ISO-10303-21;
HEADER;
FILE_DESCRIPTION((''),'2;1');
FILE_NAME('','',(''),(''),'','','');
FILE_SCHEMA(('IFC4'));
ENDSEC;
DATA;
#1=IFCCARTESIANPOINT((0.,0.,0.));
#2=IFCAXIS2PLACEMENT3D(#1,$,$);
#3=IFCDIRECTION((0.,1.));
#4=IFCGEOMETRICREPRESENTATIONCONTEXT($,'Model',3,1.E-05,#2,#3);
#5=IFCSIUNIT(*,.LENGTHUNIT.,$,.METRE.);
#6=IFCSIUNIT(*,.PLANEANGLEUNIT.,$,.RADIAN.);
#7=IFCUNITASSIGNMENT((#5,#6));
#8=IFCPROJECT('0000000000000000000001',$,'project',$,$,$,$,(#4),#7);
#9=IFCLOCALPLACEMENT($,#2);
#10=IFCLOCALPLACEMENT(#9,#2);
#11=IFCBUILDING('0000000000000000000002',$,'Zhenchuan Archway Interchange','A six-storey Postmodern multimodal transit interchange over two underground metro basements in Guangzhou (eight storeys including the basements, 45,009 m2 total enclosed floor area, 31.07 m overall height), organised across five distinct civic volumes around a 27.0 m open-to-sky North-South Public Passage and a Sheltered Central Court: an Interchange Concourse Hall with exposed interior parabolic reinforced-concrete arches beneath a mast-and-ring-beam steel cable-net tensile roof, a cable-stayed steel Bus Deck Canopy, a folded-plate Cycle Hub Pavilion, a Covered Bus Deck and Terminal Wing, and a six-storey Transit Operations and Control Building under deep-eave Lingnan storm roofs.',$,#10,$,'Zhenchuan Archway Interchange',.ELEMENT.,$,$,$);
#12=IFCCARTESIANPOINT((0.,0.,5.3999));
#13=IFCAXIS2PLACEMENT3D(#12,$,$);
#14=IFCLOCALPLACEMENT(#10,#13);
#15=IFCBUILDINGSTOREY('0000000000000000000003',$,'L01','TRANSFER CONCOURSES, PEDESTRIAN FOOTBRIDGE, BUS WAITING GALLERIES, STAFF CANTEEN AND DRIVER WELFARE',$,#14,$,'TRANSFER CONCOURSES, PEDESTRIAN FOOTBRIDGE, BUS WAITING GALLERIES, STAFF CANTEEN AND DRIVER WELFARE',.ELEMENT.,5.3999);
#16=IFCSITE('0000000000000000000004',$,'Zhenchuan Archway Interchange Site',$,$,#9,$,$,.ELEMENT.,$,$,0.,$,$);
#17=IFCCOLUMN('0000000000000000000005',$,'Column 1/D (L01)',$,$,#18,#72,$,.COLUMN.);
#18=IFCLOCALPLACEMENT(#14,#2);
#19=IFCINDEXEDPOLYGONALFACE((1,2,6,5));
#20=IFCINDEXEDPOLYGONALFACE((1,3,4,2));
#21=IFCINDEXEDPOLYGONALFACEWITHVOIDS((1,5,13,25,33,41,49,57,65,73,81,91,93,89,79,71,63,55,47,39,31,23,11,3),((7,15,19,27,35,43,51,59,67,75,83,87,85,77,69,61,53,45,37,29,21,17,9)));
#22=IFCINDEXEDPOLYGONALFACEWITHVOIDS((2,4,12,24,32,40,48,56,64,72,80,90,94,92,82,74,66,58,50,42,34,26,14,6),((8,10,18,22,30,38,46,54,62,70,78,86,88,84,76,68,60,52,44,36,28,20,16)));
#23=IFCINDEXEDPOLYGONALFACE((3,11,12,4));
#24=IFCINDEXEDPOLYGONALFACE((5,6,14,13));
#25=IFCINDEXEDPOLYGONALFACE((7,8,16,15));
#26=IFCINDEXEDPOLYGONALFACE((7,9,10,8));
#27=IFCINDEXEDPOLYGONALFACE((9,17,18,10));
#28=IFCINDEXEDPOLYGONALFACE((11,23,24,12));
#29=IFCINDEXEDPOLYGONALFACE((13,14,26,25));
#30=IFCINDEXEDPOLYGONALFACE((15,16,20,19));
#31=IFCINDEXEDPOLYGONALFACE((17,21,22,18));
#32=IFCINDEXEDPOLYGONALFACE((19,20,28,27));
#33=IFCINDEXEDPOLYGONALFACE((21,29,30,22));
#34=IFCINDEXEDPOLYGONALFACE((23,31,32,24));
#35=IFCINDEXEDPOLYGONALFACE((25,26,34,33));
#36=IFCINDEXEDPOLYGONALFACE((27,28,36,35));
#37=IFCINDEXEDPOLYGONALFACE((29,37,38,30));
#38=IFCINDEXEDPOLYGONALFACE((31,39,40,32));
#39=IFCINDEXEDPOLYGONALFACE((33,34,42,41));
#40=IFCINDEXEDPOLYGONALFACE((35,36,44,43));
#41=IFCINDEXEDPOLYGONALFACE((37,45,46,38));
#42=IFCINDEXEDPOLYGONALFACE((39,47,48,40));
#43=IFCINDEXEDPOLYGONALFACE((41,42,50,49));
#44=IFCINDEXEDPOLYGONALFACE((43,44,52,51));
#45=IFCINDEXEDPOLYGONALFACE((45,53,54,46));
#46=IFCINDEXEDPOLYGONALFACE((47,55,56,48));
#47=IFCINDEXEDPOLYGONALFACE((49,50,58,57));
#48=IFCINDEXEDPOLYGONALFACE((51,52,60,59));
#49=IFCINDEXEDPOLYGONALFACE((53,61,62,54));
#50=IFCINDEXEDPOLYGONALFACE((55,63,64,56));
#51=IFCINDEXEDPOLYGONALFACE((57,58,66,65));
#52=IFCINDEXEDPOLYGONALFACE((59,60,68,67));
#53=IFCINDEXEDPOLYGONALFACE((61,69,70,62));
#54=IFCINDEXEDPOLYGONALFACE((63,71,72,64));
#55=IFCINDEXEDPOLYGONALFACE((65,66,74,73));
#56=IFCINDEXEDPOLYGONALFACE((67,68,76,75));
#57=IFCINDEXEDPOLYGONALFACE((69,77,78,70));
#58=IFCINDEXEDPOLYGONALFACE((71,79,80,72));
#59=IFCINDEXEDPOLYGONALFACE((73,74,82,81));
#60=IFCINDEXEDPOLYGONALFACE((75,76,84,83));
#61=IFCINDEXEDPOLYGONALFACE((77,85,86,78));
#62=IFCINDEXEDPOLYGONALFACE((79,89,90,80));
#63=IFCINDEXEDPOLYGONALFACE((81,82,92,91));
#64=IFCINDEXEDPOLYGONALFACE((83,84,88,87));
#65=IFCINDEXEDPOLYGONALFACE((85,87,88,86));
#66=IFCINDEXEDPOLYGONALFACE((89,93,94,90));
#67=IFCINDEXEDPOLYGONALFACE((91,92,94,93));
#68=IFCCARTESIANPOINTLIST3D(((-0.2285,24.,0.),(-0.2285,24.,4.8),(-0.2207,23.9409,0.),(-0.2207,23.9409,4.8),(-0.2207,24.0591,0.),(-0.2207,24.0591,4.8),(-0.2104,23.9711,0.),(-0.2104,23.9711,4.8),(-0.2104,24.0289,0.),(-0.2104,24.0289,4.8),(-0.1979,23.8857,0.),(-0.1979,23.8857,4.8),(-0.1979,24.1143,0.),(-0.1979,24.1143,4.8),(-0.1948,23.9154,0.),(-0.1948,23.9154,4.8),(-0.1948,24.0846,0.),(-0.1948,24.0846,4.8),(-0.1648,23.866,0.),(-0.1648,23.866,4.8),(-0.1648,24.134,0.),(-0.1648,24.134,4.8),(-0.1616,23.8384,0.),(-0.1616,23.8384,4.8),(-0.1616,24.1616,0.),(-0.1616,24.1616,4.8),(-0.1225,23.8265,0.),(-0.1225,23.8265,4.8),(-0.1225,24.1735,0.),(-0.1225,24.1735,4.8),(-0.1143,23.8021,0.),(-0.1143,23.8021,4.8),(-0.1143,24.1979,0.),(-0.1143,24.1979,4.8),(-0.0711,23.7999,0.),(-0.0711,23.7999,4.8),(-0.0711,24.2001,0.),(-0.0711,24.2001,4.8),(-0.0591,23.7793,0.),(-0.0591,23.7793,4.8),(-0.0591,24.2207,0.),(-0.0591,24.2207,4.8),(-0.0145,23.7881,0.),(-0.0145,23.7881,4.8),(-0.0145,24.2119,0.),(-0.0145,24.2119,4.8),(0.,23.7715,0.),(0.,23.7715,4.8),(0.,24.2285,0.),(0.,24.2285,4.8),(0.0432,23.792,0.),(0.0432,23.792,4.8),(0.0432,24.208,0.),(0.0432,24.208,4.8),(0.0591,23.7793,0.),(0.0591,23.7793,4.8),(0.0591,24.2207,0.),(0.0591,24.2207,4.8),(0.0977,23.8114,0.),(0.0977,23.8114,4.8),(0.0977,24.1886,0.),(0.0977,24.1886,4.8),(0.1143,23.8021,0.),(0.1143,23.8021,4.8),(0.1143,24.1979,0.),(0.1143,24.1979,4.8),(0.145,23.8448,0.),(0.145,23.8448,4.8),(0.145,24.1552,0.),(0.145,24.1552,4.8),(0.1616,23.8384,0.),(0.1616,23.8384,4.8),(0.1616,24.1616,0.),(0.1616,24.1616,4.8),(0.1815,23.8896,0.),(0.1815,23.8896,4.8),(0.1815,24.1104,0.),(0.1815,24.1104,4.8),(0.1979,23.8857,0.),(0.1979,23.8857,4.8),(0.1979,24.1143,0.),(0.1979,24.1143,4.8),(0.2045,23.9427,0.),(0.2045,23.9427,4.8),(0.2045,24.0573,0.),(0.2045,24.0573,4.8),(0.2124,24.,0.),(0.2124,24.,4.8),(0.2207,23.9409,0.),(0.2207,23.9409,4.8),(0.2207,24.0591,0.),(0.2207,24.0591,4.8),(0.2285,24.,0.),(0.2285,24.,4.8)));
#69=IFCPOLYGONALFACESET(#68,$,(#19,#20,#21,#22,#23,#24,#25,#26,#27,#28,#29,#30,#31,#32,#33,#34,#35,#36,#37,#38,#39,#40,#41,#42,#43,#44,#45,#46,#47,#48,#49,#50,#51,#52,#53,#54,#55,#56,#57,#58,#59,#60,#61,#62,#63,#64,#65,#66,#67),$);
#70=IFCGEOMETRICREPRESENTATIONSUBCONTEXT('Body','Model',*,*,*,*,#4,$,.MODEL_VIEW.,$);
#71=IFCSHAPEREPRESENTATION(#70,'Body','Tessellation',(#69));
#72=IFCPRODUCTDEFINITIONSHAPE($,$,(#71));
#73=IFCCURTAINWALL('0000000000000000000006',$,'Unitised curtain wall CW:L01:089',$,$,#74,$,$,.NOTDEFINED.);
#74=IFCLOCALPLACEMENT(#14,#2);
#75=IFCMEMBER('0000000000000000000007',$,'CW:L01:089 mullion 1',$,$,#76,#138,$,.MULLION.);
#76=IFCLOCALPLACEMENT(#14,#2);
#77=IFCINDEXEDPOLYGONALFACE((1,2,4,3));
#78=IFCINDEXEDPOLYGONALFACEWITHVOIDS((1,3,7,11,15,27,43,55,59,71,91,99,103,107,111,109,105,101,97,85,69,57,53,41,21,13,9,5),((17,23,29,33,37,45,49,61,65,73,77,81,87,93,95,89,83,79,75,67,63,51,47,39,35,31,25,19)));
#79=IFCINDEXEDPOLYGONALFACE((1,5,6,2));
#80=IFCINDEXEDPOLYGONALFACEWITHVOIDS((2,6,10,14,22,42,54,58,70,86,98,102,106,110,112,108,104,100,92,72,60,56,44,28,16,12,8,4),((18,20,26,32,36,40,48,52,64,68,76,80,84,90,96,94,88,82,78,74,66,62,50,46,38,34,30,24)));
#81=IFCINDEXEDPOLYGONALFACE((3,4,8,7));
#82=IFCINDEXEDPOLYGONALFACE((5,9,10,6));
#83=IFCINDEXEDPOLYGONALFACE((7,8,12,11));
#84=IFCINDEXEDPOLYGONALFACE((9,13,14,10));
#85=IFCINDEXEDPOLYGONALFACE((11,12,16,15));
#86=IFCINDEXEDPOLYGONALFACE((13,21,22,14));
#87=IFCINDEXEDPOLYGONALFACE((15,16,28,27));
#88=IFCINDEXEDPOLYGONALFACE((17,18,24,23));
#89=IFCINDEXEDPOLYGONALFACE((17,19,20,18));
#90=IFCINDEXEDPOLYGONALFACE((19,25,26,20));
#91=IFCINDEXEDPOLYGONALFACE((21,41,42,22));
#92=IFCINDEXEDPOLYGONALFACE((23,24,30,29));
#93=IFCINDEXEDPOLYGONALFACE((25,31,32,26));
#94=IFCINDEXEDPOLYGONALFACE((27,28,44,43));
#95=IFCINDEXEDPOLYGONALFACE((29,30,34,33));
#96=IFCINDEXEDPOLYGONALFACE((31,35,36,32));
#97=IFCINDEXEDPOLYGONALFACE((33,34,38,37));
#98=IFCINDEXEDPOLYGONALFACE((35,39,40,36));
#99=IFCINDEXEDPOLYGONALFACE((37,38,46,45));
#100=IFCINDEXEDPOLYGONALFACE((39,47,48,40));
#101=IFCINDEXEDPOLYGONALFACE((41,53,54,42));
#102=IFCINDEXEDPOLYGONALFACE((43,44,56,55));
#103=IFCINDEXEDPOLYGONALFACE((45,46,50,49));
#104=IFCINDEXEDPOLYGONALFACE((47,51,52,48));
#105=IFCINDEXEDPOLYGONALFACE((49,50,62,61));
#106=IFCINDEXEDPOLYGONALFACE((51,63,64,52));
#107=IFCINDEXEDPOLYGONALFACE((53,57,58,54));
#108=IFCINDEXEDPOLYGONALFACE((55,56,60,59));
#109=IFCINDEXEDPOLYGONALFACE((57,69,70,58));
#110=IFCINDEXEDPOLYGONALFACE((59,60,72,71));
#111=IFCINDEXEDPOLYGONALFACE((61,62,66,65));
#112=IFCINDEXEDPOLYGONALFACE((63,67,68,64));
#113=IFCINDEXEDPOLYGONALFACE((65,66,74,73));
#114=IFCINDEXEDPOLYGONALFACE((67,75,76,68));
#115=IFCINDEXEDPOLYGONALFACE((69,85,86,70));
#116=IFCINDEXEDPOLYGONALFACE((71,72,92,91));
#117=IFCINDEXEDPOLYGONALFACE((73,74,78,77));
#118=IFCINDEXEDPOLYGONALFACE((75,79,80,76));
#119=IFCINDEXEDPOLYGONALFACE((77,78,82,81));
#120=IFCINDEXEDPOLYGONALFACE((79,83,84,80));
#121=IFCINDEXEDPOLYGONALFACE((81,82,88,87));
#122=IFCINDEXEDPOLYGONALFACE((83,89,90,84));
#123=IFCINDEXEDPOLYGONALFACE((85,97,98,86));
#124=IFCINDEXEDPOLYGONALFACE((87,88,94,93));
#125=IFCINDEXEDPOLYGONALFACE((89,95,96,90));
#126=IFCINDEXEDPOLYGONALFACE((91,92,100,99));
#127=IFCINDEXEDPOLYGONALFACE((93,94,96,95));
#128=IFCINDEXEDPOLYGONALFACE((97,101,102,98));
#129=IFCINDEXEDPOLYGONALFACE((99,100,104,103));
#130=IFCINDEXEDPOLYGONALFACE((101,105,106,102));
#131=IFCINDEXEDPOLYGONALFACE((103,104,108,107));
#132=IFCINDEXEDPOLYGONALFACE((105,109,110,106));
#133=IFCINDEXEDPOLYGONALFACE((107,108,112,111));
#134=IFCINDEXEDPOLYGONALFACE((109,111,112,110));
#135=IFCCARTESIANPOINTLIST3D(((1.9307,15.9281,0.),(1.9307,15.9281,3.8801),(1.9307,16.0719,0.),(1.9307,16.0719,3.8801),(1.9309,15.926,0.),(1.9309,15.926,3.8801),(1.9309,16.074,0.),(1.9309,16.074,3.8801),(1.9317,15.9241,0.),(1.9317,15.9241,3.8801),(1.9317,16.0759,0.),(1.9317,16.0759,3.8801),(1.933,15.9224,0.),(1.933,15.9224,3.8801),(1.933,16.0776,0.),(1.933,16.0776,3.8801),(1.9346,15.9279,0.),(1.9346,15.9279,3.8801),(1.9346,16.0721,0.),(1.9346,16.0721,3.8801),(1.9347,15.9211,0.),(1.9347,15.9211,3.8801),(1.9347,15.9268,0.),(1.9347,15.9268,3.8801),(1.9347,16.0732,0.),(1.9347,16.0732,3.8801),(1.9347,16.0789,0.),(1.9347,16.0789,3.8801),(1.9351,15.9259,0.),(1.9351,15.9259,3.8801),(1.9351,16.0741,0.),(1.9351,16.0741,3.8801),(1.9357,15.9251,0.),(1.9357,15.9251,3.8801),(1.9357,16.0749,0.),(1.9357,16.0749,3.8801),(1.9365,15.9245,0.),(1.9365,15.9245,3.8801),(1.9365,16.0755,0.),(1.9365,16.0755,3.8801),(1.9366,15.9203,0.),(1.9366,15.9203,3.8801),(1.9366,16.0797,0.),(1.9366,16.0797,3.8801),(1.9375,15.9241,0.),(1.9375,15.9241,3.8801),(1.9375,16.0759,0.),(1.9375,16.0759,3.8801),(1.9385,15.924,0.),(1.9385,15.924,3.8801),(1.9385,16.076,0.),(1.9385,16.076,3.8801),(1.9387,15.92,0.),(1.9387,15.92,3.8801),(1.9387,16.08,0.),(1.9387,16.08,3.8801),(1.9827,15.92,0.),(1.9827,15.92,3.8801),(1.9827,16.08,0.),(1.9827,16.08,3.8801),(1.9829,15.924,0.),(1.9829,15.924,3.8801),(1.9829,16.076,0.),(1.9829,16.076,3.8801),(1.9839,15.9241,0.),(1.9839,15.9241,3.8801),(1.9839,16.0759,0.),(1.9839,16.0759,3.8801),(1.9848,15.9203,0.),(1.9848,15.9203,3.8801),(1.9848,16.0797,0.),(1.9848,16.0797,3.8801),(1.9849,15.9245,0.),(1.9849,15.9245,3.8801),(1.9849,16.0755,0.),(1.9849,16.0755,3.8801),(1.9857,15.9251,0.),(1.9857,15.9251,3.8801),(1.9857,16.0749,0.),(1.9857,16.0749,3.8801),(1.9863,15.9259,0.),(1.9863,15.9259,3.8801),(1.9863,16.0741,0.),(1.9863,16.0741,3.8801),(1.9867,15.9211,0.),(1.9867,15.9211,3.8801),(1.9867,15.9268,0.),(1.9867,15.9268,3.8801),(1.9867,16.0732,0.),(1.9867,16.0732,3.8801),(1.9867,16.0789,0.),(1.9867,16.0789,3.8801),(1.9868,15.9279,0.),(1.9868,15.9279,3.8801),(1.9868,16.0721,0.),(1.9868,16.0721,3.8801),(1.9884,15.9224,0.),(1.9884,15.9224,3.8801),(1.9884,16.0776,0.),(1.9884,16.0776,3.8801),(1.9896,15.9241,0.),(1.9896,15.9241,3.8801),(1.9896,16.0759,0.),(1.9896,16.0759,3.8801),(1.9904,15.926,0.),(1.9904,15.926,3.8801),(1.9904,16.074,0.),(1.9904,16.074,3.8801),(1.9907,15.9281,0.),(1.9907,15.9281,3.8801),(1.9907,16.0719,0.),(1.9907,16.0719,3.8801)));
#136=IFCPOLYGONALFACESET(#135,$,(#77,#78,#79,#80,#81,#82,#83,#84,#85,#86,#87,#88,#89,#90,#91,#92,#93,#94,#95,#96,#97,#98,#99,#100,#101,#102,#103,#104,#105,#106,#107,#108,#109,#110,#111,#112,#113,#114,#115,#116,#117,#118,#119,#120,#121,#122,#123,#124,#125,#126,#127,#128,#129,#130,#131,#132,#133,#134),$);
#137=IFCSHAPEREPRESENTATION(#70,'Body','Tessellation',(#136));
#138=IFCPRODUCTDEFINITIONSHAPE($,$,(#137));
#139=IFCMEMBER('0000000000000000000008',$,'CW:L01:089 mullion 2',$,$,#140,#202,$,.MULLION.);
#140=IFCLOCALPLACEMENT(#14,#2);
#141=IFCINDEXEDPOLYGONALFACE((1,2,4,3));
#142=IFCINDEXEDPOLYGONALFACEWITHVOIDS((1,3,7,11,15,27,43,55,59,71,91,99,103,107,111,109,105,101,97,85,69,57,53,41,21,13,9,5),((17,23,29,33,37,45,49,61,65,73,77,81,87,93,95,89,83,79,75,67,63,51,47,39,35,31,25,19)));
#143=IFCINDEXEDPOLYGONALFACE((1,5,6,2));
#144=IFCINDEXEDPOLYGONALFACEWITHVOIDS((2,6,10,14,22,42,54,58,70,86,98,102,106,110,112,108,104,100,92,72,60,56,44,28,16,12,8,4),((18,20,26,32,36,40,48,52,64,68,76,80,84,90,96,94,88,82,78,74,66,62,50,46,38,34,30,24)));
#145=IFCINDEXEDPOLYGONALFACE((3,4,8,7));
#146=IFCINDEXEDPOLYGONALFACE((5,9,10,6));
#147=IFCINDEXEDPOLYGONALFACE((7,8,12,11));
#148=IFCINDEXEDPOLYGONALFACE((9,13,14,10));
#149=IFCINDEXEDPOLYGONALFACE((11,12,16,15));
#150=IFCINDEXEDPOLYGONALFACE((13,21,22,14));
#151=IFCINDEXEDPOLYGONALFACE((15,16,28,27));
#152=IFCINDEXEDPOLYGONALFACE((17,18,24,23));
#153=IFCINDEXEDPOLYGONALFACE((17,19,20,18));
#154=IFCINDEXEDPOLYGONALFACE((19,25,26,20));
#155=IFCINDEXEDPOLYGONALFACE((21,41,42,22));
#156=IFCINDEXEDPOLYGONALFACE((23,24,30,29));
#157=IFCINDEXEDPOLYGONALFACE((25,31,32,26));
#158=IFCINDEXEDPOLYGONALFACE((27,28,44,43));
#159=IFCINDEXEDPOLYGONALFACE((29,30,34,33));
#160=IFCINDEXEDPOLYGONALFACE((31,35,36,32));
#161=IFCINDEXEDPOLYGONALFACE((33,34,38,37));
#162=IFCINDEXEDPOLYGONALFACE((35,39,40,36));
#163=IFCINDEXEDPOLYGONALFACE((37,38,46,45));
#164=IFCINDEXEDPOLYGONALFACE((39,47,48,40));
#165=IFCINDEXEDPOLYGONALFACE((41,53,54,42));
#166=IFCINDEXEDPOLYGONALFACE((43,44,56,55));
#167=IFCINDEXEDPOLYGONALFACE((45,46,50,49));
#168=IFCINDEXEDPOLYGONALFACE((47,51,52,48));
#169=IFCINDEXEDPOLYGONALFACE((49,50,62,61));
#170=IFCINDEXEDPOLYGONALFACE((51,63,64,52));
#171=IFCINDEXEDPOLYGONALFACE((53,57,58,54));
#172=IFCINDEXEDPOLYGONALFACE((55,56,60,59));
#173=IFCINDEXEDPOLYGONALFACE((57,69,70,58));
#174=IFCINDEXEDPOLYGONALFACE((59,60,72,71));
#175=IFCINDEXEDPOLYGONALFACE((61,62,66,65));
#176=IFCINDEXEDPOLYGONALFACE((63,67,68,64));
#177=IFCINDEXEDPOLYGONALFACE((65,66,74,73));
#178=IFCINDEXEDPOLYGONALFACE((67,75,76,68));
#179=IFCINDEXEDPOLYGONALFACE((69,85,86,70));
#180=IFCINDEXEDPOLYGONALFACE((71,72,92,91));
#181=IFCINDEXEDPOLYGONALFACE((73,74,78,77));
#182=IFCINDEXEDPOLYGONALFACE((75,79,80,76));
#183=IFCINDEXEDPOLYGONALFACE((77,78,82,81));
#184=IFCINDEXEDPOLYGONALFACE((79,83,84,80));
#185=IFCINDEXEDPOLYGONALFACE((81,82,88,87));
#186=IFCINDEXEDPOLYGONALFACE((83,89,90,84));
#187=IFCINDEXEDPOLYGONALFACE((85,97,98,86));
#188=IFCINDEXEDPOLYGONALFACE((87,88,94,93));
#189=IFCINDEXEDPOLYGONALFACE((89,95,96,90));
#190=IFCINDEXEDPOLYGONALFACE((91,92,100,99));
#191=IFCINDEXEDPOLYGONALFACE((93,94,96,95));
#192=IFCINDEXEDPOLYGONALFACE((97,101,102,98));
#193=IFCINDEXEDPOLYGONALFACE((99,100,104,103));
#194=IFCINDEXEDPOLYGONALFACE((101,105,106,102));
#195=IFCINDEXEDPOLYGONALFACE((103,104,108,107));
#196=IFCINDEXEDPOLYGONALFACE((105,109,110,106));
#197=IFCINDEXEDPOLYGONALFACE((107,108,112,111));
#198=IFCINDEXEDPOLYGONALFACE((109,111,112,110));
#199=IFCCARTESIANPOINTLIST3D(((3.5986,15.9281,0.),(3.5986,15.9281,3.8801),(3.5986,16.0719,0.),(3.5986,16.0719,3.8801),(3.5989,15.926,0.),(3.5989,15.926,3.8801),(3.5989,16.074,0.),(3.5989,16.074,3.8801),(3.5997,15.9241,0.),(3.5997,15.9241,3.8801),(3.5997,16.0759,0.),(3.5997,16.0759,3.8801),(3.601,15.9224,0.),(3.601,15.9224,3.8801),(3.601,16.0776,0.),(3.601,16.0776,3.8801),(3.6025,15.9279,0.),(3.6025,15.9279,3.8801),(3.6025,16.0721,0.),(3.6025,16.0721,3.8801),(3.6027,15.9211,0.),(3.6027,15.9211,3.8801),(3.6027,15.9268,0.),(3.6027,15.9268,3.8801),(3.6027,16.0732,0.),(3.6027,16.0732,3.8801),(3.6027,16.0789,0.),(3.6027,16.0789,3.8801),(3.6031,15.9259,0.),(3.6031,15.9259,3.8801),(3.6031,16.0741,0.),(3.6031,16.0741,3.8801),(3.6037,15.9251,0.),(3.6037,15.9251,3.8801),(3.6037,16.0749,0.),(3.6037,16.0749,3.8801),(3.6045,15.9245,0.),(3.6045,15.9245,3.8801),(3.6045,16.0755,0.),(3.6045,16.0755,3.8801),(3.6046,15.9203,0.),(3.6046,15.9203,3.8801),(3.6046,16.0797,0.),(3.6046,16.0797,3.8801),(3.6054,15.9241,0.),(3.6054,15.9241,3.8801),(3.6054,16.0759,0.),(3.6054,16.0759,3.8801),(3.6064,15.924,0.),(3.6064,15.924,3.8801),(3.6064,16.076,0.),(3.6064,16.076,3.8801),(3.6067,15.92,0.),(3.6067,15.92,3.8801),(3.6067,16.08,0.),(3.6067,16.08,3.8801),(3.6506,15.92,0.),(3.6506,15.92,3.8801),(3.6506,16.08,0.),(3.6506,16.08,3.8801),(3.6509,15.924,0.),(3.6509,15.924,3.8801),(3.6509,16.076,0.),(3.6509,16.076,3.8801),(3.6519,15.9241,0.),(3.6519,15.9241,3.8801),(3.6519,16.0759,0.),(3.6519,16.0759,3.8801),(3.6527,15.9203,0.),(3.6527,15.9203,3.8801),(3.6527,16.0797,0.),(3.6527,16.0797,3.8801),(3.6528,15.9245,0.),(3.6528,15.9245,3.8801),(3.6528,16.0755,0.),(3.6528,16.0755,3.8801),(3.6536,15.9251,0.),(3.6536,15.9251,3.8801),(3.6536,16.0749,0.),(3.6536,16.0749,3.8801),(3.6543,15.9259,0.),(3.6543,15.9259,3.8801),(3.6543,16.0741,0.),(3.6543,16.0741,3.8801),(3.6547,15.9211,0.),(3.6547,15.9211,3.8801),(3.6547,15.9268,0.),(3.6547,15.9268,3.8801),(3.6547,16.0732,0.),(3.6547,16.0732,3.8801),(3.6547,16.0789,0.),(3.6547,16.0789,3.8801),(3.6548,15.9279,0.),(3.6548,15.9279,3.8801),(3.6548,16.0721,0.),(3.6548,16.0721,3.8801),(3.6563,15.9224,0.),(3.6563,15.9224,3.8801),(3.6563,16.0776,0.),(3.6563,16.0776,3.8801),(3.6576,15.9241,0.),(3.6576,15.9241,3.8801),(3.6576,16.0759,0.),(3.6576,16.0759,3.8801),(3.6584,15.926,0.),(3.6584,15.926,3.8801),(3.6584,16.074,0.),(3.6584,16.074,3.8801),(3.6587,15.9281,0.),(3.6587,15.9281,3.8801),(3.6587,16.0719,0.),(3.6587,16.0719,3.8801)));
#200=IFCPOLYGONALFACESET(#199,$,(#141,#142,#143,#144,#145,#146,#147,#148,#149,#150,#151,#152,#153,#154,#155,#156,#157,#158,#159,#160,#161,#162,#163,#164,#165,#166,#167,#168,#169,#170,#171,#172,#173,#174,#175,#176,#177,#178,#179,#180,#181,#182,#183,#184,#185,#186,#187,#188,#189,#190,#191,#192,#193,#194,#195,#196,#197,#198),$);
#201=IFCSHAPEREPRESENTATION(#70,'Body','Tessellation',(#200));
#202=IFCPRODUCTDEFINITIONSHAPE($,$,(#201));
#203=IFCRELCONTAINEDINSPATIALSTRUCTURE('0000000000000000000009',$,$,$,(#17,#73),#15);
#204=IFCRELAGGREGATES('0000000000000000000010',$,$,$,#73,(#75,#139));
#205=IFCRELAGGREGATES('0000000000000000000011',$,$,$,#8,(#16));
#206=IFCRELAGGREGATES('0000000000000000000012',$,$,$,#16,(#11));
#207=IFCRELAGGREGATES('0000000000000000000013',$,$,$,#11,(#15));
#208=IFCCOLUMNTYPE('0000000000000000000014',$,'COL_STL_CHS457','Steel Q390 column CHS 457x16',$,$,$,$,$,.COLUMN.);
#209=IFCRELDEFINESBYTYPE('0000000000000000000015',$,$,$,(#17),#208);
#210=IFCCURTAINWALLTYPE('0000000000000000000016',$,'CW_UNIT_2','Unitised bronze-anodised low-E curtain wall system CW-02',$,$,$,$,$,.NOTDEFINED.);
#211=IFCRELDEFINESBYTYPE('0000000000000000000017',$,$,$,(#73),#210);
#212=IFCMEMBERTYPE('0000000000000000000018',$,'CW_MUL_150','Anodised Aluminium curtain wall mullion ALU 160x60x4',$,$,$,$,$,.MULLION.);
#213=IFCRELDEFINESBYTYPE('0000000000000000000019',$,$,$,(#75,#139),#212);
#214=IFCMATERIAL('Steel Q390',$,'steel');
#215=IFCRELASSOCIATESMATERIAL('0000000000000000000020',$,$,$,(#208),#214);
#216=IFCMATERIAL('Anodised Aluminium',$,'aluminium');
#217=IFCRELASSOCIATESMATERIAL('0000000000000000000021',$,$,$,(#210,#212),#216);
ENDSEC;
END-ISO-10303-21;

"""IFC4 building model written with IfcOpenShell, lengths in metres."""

from ifc_helpers import new_model, si_unit, direction, frame, origin, origin_2d, place, context, subcontext, project, spatial, hollow_rectangle, hollow_circle, extrude, material, material_profile, profile_set, type_object, element, aggregate, save


model = new_model("IFC4")

# Units and contexts
model_context = context("Model", 3, precision=1e-05, world=origin(), true_north=direction((0.0, 1.0)))
body_context = subcontext(model_context, "Body", "Model", "MODEL_VIEW")
ifc_project = project(units=[si_unit("LENGTHUNIT", "METRE"), si_unit("PLANEANGLEUNIT", "RADIAN")], contexts=[model_context])

# Site, building, storey
site_placement = place(None, origin())
site = spatial("IfcSite", under=ifc_project, at=site_placement, Name="Zhenchuan Archway Interchange Site", CompositionType="ELEMENT", RefElevation=0.0)
building_placement = place(site_placement, origin())
building = spatial("IfcBuilding", under=site, at=building_placement, Name="Zhenchuan Archway Interchange", Description="A six-storey Postmodern multimodal transit interchange over two underground metro basements in Guangzhou (eight storeys including the basements, 45,009 m2 total enclosed floor area, 31.07 m overall height), organised across five distinct civic volumes around a 27.0 m open-to-sky North-South Public Passage and a Sheltered Central Court: an Interchange Concourse Hall with exposed interior parabolic reinforced-concrete arches beneath a mast-and-ring-beam steel cable-net tensile roof, a cable-stayed steel Bus Deck Canopy, a folded-plate Cycle Hub Pavilion, a Covered Bus Deck and Terminal Wing, and a six-storey Transit Operations and Control Building under deep-eave Lingnan storm roofs.", LongName="Zhenchuan Archway Interchange", CompositionType="ELEMENT")
storey_placement = place(building_placement, frame((0.0, 0.0, 5.3999)))
storey = spatial("IfcBuildingStorey", under=building, at=storey_placement, Name="L01", Description="TRANSFER CONCOURSES, PEDESTRIAN FOOTBRIDGE, BUS WAITING GALLERIES, STAFF CANTEEN AND DRIVER WELFARE", LongName="TRANSFER CONCOURSES, PEDESTRIAN FOOTBRIDGE, BUS WAITING GALLERIES, STAFF CANTEEN AND DRIVER WELFARE", CompositionType="ELEMENT", Elevation=5.3999)

# Column
ifc_material_1 = material(Name="Steel Q390", Category="steel")
ifc_material_profile_1 = material_profile(ifc_material_1, hollow_circle(Radius=0.2285, WallThickness=0.0161, at=origin_2d()), Name="CHS 457x16")
ifc_profile_set_1 = profile_set([ifc_material_profile_1], Name="Steel Q390")
column_type = type_object("IfcColumnType", Name="COL_STL_CHS457", Description="Steel Q390 column CHS 457x16", PredefinedType="COLUMN", material=ifc_profile_set_1)
column_placement = place(storey_placement, frame((0.0, 24.0, 0.0), z_axis=(0.0, 0.0, 1.0), x_axis=(1.0, 0.0, 0.0)))
element("IfcColumn", 1, at=column_placement, inside=storey, type_object=column_type, Name="Column 1/D (L01)", PredefinedType="COLUMN", context=body_context, shape_type="SweptSolid", body=[
    extrude(hollow_circle(Radius=0.2285, WallThickness=0.0161, at=origin_2d()), origin(), (0.0, 0.0, 1.0), 4.8),
])

# Curtain wall, members
ifc_material_2 = material(Name="Anodised Aluminium", Category="aluminium")
curtain_wall_type = type_object("IfcCurtainWallType", Name="CW_UNIT_2", Description="Unitised bronze-anodised low-E curtain wall system CW-02", PredefinedType="NOTDEFINED", material=ifc_material_2)
curtain_wall_placement = place(storey_placement, origin())
curtain_wall = element("IfcCurtainWall", 2, at=curtain_wall_placement, inside=storey, type_object=curtain_wall_type, Name="Unitised curtain wall CW:L01:089", PredefinedType="NOTDEFINED")
ifc_material_profile_2 = material_profile(ifc_material_2, hollow_rectangle(XDim=0.0601, YDim=0.1599, WallThickness=0.0039, InnerFilletRadius=0.0039, OuterFilletRadius=0.0081, at=origin_2d()), Name="ALU 160x60x4")
ifc_profile_set_2 = profile_set([ifc_material_profile_2], Name="Anodised Aluminium")
member_type_1 = type_object("IfcMemberType", Name="CW_MUL_150", Description="Anodised Aluminium curtain wall mullion ALU 160x60x4", PredefinedType="MULLION", material=ifc_profile_set_2)
member_1_placement = place(storey_placement, frame((1.9607, 16.0, 0.0), z_axis=(0.0, 0.0, 1.0), x_axis=(1.0, 0.0, 0.0)))
member_1 = element("IfcMember", 3, at=member_1_placement, type_object=member_type_1, Name="CW:L01:089 mullion 1", PredefinedType="MULLION", context=body_context, shape_type="SweptSolid", body=[
    extrude(hollow_rectangle(XDim=0.0601, YDim=0.1599, WallThickness=0.0039, InnerFilletRadius=0.0039, OuterFilletRadius=0.0081, at=origin_2d()), origin(), (0.0, 0.0, 1.0), 3.8801),
])
member_2_placement = place(storey_placement, frame((3.6287, 16.0, 0.0), z_axis=(0.0, 0.0, 1.0), x_axis=(1.0, 0.0, 0.0)))
member_2 = element("IfcMember", 4, at=member_2_placement, type_object=member_type_1, Name="CW:L01:089 mullion 2", PredefinedType="MULLION", context=body_context, shape_type="SweptSolid", body=[
    extrude(hollow_rectangle(XDim=0.0601, YDim=0.1599, WallThickness=0.0039, InnerFilletRadius=0.0039, OuterFilletRadius=0.0081, at=origin_2d()), origin(), (0.0, 0.0, 1.0), 3.8801),
])

aggregate(curtain_wall, [member_1, member_2])

save(model, "model.ifc")
